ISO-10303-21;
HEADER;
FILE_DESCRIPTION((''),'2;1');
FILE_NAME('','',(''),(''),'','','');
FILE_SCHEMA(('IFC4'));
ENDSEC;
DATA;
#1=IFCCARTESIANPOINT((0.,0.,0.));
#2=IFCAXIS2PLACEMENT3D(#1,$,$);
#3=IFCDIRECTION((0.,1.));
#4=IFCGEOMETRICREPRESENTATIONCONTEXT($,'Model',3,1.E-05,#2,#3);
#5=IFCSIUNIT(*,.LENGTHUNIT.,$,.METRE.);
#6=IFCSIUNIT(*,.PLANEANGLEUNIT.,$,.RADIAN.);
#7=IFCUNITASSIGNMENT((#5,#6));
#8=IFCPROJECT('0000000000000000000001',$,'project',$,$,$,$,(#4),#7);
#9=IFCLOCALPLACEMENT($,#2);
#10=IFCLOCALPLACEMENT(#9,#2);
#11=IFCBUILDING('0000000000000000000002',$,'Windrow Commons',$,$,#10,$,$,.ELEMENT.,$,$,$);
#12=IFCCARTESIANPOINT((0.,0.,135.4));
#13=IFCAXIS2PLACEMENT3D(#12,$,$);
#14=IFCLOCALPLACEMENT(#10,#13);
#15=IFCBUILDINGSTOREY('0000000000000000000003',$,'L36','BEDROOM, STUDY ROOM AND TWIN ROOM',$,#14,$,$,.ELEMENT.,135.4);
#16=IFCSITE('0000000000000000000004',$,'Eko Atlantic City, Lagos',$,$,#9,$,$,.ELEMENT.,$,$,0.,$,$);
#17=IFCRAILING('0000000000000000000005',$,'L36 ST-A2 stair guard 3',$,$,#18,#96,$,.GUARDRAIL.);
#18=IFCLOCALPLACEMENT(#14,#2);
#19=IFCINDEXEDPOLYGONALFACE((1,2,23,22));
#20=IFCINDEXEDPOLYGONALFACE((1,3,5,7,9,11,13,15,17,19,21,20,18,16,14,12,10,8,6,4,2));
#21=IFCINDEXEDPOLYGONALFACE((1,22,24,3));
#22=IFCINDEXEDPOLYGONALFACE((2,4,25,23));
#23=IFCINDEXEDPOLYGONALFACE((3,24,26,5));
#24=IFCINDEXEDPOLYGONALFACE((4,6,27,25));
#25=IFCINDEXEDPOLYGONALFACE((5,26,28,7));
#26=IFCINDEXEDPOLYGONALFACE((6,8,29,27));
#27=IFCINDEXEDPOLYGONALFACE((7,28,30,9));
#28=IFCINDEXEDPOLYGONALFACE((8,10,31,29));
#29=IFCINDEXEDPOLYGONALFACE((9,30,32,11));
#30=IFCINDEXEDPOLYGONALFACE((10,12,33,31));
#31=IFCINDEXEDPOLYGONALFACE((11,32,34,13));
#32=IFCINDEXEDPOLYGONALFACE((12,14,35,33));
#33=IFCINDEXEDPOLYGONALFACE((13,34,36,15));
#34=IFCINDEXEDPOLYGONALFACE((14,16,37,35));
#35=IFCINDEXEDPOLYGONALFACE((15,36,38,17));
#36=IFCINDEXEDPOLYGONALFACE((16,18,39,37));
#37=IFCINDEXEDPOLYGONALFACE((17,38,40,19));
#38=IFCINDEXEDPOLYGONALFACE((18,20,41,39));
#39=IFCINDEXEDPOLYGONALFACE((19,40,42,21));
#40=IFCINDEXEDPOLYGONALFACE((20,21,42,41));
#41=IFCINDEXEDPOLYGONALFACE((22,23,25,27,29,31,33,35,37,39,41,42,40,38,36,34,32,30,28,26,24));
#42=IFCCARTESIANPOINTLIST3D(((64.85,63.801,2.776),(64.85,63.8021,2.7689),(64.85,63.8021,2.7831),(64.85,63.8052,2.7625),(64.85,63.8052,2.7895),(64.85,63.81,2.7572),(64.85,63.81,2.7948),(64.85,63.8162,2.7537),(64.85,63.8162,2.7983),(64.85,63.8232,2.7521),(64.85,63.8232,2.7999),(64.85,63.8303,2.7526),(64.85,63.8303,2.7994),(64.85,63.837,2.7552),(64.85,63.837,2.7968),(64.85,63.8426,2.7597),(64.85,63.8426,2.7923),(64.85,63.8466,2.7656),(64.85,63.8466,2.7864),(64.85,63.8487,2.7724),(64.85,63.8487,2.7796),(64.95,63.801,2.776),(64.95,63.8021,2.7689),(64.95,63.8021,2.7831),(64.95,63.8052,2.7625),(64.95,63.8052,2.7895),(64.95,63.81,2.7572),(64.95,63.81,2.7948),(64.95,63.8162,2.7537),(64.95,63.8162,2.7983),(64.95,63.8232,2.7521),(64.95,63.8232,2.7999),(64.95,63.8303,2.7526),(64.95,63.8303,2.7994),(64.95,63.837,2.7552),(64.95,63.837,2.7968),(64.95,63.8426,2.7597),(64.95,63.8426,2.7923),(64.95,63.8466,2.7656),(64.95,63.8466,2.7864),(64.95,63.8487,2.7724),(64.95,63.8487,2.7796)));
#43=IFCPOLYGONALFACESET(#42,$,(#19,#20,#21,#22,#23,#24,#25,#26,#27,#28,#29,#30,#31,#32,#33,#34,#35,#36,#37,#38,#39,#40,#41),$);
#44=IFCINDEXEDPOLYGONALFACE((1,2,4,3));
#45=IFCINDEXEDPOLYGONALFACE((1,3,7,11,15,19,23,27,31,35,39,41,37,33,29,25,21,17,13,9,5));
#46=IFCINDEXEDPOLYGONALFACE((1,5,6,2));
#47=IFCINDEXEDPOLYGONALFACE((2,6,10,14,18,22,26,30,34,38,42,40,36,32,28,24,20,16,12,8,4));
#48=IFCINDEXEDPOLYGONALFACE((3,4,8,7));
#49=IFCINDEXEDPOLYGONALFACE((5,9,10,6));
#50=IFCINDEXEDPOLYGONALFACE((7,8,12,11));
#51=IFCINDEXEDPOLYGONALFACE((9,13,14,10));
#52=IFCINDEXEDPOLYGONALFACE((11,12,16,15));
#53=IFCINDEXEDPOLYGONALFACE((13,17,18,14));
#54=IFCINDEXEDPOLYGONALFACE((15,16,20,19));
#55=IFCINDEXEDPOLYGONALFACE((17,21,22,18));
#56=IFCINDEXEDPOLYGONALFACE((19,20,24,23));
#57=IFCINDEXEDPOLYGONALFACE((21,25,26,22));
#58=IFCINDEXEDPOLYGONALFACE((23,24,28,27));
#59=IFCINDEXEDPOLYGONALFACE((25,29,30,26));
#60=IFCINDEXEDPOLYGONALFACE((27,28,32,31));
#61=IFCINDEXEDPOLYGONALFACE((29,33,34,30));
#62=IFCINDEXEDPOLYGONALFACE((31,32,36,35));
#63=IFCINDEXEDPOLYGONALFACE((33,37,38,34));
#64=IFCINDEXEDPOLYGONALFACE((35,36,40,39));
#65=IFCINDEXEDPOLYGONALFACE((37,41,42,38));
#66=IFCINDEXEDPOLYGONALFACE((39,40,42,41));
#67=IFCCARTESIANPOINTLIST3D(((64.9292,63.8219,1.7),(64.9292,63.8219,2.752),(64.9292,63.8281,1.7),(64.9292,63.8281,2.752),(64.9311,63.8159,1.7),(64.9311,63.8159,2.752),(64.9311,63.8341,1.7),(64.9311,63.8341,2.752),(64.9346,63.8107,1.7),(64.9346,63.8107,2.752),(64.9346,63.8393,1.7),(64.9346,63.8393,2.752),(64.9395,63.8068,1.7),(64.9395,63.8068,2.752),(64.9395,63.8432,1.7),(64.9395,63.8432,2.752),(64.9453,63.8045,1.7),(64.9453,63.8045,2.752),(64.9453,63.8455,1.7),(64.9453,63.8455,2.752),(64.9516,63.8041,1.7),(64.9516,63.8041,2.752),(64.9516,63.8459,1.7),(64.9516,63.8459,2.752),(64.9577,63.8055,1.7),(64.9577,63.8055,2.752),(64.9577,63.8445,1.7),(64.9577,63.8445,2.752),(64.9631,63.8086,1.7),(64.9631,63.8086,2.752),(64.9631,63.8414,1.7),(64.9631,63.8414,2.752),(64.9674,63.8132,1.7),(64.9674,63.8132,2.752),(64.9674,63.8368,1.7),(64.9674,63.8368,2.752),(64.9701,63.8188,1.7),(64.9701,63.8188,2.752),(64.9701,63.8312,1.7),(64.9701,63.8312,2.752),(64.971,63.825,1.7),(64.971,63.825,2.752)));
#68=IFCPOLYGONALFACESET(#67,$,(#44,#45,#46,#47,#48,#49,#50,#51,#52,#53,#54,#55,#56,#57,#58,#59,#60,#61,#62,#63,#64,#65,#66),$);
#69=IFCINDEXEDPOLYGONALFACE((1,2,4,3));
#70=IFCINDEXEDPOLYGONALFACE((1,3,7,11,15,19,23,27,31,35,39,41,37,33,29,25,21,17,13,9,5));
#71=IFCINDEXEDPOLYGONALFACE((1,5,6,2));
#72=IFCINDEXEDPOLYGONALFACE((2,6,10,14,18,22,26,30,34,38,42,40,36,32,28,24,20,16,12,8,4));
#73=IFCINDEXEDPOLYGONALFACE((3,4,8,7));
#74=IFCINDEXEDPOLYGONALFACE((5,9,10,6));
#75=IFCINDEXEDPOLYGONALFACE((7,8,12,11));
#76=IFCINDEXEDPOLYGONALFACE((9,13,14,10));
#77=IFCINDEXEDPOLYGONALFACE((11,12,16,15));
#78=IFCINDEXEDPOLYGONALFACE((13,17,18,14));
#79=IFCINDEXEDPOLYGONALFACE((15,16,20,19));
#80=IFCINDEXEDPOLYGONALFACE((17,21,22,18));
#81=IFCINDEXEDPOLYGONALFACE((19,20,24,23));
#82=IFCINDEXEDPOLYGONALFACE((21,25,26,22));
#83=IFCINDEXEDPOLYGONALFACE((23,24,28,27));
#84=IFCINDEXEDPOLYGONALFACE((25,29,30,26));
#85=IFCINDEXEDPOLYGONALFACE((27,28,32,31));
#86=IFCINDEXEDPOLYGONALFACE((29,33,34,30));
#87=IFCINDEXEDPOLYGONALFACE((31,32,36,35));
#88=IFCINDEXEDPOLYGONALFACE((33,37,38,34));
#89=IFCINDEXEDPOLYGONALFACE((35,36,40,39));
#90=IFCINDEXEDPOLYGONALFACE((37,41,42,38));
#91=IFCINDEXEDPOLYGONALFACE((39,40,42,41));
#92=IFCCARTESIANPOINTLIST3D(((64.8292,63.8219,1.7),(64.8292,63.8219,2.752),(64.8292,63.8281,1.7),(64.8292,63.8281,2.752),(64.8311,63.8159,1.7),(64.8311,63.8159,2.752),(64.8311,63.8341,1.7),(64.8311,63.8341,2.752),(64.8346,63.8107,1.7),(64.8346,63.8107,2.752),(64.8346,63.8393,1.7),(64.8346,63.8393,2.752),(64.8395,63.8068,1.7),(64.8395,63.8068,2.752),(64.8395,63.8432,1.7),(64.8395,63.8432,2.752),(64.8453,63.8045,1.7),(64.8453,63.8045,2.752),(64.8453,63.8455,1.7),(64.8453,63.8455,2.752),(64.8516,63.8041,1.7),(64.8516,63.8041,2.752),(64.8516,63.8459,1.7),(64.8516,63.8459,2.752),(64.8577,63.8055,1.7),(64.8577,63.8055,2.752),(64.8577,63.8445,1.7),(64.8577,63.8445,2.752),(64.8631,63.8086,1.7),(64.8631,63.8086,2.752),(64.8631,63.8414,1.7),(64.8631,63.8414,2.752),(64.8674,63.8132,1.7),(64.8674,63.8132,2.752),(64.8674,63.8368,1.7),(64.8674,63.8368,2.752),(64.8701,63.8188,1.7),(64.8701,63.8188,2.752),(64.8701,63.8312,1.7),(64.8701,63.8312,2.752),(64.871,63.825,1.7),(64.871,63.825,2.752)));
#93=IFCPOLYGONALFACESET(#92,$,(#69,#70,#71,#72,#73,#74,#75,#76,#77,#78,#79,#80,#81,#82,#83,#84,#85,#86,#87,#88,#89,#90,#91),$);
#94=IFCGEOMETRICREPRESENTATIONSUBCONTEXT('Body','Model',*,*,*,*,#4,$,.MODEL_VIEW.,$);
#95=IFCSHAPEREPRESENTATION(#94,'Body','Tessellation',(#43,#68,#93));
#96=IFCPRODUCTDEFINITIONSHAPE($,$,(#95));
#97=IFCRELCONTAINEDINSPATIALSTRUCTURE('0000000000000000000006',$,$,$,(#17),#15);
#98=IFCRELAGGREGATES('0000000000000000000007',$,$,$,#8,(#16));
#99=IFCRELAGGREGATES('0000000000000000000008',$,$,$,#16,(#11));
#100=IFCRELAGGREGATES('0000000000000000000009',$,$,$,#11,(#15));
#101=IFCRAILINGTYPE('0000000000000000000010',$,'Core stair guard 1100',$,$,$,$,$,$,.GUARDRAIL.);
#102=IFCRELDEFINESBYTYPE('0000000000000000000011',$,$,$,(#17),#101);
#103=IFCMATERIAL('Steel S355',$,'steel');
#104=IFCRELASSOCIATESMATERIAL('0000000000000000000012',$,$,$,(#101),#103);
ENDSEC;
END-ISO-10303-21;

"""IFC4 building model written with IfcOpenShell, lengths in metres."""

from ifc_helpers import new_model, si_unit, direction, frame, origin, origin_2d, place, context, subcontext, project, spatial, circle, extrude, material, type_object, element, save


model = new_model("IFC4")

# Units and contexts
model_context = context("Model", 3, precision=1e-05, world=origin(), true_north=direction((0.0, 1.0)))
body_context = subcontext(model_context, "Body", "Model", "MODEL_VIEW")
ifc_project = project(units=[si_unit("LENGTHUNIT", "METRE"), si_unit("PLANEANGLEUNIT", "RADIAN")], contexts=[model_context])

# Site, building, storey
site_placement = place(None, origin())
site = spatial("IfcSite", under=ifc_project, at=site_placement, Name="Eko Atlantic City, Lagos", CompositionType="ELEMENT", RefElevation=0.0)
building_placement = place(site_placement, origin())
building = spatial("IfcBuilding", under=site, at=building_placement, Name="Windrow Commons", CompositionType="ELEMENT")
storey_placement = place(building_placement, frame((0.0, 0.0, 135.4)))
storey = spatial("IfcBuildingStorey", under=building, at=storey_placement, Name="L36", Description="BEDROOM, STUDY ROOM AND TWIN ROOM", CompositionType="ELEMENT", Elevation=135.4)

# Railing
ifc_material_1 = material(Name="Steel S355", Category="steel")
railing_type_1 = type_object("IfcRailingType", Name="Core stair guard 1100", PredefinedType="GUARDRAIL", material=ifc_material_1)
railing_1_placement = place(storey_placement, frame((64.95, 63.825, 1.7)))
element("IfcRailing", 1, at=railing_1_placement, inside=storey, type_object=railing_type_1, Name="L36 ST-A2 stair guard 3", PredefinedType="GUARDRAIL", context=body_context, shape_type="SweptSolid", body=[
    extrude(circle(Radius=0.024, at=origin_2d()), frame((0.0, 0.0, 1.076), z_axis=(-1.0, 0.0, 0.0), x_axis=(0.0, -1.0, 0.0)), (0.0, 0.0, 1.0), 0.1),
    extrude(circle(Radius=0.021, at=origin_2d()), origin(), (0.0, 0.0, 1.0), 1.052),
    extrude(circle(Radius=0.021, at=origin_2d()), frame((-0.1, 0.0, 0.0)), (0.0, 0.0, 1.0), 1.052),
])

save(model, "model.ifc")
